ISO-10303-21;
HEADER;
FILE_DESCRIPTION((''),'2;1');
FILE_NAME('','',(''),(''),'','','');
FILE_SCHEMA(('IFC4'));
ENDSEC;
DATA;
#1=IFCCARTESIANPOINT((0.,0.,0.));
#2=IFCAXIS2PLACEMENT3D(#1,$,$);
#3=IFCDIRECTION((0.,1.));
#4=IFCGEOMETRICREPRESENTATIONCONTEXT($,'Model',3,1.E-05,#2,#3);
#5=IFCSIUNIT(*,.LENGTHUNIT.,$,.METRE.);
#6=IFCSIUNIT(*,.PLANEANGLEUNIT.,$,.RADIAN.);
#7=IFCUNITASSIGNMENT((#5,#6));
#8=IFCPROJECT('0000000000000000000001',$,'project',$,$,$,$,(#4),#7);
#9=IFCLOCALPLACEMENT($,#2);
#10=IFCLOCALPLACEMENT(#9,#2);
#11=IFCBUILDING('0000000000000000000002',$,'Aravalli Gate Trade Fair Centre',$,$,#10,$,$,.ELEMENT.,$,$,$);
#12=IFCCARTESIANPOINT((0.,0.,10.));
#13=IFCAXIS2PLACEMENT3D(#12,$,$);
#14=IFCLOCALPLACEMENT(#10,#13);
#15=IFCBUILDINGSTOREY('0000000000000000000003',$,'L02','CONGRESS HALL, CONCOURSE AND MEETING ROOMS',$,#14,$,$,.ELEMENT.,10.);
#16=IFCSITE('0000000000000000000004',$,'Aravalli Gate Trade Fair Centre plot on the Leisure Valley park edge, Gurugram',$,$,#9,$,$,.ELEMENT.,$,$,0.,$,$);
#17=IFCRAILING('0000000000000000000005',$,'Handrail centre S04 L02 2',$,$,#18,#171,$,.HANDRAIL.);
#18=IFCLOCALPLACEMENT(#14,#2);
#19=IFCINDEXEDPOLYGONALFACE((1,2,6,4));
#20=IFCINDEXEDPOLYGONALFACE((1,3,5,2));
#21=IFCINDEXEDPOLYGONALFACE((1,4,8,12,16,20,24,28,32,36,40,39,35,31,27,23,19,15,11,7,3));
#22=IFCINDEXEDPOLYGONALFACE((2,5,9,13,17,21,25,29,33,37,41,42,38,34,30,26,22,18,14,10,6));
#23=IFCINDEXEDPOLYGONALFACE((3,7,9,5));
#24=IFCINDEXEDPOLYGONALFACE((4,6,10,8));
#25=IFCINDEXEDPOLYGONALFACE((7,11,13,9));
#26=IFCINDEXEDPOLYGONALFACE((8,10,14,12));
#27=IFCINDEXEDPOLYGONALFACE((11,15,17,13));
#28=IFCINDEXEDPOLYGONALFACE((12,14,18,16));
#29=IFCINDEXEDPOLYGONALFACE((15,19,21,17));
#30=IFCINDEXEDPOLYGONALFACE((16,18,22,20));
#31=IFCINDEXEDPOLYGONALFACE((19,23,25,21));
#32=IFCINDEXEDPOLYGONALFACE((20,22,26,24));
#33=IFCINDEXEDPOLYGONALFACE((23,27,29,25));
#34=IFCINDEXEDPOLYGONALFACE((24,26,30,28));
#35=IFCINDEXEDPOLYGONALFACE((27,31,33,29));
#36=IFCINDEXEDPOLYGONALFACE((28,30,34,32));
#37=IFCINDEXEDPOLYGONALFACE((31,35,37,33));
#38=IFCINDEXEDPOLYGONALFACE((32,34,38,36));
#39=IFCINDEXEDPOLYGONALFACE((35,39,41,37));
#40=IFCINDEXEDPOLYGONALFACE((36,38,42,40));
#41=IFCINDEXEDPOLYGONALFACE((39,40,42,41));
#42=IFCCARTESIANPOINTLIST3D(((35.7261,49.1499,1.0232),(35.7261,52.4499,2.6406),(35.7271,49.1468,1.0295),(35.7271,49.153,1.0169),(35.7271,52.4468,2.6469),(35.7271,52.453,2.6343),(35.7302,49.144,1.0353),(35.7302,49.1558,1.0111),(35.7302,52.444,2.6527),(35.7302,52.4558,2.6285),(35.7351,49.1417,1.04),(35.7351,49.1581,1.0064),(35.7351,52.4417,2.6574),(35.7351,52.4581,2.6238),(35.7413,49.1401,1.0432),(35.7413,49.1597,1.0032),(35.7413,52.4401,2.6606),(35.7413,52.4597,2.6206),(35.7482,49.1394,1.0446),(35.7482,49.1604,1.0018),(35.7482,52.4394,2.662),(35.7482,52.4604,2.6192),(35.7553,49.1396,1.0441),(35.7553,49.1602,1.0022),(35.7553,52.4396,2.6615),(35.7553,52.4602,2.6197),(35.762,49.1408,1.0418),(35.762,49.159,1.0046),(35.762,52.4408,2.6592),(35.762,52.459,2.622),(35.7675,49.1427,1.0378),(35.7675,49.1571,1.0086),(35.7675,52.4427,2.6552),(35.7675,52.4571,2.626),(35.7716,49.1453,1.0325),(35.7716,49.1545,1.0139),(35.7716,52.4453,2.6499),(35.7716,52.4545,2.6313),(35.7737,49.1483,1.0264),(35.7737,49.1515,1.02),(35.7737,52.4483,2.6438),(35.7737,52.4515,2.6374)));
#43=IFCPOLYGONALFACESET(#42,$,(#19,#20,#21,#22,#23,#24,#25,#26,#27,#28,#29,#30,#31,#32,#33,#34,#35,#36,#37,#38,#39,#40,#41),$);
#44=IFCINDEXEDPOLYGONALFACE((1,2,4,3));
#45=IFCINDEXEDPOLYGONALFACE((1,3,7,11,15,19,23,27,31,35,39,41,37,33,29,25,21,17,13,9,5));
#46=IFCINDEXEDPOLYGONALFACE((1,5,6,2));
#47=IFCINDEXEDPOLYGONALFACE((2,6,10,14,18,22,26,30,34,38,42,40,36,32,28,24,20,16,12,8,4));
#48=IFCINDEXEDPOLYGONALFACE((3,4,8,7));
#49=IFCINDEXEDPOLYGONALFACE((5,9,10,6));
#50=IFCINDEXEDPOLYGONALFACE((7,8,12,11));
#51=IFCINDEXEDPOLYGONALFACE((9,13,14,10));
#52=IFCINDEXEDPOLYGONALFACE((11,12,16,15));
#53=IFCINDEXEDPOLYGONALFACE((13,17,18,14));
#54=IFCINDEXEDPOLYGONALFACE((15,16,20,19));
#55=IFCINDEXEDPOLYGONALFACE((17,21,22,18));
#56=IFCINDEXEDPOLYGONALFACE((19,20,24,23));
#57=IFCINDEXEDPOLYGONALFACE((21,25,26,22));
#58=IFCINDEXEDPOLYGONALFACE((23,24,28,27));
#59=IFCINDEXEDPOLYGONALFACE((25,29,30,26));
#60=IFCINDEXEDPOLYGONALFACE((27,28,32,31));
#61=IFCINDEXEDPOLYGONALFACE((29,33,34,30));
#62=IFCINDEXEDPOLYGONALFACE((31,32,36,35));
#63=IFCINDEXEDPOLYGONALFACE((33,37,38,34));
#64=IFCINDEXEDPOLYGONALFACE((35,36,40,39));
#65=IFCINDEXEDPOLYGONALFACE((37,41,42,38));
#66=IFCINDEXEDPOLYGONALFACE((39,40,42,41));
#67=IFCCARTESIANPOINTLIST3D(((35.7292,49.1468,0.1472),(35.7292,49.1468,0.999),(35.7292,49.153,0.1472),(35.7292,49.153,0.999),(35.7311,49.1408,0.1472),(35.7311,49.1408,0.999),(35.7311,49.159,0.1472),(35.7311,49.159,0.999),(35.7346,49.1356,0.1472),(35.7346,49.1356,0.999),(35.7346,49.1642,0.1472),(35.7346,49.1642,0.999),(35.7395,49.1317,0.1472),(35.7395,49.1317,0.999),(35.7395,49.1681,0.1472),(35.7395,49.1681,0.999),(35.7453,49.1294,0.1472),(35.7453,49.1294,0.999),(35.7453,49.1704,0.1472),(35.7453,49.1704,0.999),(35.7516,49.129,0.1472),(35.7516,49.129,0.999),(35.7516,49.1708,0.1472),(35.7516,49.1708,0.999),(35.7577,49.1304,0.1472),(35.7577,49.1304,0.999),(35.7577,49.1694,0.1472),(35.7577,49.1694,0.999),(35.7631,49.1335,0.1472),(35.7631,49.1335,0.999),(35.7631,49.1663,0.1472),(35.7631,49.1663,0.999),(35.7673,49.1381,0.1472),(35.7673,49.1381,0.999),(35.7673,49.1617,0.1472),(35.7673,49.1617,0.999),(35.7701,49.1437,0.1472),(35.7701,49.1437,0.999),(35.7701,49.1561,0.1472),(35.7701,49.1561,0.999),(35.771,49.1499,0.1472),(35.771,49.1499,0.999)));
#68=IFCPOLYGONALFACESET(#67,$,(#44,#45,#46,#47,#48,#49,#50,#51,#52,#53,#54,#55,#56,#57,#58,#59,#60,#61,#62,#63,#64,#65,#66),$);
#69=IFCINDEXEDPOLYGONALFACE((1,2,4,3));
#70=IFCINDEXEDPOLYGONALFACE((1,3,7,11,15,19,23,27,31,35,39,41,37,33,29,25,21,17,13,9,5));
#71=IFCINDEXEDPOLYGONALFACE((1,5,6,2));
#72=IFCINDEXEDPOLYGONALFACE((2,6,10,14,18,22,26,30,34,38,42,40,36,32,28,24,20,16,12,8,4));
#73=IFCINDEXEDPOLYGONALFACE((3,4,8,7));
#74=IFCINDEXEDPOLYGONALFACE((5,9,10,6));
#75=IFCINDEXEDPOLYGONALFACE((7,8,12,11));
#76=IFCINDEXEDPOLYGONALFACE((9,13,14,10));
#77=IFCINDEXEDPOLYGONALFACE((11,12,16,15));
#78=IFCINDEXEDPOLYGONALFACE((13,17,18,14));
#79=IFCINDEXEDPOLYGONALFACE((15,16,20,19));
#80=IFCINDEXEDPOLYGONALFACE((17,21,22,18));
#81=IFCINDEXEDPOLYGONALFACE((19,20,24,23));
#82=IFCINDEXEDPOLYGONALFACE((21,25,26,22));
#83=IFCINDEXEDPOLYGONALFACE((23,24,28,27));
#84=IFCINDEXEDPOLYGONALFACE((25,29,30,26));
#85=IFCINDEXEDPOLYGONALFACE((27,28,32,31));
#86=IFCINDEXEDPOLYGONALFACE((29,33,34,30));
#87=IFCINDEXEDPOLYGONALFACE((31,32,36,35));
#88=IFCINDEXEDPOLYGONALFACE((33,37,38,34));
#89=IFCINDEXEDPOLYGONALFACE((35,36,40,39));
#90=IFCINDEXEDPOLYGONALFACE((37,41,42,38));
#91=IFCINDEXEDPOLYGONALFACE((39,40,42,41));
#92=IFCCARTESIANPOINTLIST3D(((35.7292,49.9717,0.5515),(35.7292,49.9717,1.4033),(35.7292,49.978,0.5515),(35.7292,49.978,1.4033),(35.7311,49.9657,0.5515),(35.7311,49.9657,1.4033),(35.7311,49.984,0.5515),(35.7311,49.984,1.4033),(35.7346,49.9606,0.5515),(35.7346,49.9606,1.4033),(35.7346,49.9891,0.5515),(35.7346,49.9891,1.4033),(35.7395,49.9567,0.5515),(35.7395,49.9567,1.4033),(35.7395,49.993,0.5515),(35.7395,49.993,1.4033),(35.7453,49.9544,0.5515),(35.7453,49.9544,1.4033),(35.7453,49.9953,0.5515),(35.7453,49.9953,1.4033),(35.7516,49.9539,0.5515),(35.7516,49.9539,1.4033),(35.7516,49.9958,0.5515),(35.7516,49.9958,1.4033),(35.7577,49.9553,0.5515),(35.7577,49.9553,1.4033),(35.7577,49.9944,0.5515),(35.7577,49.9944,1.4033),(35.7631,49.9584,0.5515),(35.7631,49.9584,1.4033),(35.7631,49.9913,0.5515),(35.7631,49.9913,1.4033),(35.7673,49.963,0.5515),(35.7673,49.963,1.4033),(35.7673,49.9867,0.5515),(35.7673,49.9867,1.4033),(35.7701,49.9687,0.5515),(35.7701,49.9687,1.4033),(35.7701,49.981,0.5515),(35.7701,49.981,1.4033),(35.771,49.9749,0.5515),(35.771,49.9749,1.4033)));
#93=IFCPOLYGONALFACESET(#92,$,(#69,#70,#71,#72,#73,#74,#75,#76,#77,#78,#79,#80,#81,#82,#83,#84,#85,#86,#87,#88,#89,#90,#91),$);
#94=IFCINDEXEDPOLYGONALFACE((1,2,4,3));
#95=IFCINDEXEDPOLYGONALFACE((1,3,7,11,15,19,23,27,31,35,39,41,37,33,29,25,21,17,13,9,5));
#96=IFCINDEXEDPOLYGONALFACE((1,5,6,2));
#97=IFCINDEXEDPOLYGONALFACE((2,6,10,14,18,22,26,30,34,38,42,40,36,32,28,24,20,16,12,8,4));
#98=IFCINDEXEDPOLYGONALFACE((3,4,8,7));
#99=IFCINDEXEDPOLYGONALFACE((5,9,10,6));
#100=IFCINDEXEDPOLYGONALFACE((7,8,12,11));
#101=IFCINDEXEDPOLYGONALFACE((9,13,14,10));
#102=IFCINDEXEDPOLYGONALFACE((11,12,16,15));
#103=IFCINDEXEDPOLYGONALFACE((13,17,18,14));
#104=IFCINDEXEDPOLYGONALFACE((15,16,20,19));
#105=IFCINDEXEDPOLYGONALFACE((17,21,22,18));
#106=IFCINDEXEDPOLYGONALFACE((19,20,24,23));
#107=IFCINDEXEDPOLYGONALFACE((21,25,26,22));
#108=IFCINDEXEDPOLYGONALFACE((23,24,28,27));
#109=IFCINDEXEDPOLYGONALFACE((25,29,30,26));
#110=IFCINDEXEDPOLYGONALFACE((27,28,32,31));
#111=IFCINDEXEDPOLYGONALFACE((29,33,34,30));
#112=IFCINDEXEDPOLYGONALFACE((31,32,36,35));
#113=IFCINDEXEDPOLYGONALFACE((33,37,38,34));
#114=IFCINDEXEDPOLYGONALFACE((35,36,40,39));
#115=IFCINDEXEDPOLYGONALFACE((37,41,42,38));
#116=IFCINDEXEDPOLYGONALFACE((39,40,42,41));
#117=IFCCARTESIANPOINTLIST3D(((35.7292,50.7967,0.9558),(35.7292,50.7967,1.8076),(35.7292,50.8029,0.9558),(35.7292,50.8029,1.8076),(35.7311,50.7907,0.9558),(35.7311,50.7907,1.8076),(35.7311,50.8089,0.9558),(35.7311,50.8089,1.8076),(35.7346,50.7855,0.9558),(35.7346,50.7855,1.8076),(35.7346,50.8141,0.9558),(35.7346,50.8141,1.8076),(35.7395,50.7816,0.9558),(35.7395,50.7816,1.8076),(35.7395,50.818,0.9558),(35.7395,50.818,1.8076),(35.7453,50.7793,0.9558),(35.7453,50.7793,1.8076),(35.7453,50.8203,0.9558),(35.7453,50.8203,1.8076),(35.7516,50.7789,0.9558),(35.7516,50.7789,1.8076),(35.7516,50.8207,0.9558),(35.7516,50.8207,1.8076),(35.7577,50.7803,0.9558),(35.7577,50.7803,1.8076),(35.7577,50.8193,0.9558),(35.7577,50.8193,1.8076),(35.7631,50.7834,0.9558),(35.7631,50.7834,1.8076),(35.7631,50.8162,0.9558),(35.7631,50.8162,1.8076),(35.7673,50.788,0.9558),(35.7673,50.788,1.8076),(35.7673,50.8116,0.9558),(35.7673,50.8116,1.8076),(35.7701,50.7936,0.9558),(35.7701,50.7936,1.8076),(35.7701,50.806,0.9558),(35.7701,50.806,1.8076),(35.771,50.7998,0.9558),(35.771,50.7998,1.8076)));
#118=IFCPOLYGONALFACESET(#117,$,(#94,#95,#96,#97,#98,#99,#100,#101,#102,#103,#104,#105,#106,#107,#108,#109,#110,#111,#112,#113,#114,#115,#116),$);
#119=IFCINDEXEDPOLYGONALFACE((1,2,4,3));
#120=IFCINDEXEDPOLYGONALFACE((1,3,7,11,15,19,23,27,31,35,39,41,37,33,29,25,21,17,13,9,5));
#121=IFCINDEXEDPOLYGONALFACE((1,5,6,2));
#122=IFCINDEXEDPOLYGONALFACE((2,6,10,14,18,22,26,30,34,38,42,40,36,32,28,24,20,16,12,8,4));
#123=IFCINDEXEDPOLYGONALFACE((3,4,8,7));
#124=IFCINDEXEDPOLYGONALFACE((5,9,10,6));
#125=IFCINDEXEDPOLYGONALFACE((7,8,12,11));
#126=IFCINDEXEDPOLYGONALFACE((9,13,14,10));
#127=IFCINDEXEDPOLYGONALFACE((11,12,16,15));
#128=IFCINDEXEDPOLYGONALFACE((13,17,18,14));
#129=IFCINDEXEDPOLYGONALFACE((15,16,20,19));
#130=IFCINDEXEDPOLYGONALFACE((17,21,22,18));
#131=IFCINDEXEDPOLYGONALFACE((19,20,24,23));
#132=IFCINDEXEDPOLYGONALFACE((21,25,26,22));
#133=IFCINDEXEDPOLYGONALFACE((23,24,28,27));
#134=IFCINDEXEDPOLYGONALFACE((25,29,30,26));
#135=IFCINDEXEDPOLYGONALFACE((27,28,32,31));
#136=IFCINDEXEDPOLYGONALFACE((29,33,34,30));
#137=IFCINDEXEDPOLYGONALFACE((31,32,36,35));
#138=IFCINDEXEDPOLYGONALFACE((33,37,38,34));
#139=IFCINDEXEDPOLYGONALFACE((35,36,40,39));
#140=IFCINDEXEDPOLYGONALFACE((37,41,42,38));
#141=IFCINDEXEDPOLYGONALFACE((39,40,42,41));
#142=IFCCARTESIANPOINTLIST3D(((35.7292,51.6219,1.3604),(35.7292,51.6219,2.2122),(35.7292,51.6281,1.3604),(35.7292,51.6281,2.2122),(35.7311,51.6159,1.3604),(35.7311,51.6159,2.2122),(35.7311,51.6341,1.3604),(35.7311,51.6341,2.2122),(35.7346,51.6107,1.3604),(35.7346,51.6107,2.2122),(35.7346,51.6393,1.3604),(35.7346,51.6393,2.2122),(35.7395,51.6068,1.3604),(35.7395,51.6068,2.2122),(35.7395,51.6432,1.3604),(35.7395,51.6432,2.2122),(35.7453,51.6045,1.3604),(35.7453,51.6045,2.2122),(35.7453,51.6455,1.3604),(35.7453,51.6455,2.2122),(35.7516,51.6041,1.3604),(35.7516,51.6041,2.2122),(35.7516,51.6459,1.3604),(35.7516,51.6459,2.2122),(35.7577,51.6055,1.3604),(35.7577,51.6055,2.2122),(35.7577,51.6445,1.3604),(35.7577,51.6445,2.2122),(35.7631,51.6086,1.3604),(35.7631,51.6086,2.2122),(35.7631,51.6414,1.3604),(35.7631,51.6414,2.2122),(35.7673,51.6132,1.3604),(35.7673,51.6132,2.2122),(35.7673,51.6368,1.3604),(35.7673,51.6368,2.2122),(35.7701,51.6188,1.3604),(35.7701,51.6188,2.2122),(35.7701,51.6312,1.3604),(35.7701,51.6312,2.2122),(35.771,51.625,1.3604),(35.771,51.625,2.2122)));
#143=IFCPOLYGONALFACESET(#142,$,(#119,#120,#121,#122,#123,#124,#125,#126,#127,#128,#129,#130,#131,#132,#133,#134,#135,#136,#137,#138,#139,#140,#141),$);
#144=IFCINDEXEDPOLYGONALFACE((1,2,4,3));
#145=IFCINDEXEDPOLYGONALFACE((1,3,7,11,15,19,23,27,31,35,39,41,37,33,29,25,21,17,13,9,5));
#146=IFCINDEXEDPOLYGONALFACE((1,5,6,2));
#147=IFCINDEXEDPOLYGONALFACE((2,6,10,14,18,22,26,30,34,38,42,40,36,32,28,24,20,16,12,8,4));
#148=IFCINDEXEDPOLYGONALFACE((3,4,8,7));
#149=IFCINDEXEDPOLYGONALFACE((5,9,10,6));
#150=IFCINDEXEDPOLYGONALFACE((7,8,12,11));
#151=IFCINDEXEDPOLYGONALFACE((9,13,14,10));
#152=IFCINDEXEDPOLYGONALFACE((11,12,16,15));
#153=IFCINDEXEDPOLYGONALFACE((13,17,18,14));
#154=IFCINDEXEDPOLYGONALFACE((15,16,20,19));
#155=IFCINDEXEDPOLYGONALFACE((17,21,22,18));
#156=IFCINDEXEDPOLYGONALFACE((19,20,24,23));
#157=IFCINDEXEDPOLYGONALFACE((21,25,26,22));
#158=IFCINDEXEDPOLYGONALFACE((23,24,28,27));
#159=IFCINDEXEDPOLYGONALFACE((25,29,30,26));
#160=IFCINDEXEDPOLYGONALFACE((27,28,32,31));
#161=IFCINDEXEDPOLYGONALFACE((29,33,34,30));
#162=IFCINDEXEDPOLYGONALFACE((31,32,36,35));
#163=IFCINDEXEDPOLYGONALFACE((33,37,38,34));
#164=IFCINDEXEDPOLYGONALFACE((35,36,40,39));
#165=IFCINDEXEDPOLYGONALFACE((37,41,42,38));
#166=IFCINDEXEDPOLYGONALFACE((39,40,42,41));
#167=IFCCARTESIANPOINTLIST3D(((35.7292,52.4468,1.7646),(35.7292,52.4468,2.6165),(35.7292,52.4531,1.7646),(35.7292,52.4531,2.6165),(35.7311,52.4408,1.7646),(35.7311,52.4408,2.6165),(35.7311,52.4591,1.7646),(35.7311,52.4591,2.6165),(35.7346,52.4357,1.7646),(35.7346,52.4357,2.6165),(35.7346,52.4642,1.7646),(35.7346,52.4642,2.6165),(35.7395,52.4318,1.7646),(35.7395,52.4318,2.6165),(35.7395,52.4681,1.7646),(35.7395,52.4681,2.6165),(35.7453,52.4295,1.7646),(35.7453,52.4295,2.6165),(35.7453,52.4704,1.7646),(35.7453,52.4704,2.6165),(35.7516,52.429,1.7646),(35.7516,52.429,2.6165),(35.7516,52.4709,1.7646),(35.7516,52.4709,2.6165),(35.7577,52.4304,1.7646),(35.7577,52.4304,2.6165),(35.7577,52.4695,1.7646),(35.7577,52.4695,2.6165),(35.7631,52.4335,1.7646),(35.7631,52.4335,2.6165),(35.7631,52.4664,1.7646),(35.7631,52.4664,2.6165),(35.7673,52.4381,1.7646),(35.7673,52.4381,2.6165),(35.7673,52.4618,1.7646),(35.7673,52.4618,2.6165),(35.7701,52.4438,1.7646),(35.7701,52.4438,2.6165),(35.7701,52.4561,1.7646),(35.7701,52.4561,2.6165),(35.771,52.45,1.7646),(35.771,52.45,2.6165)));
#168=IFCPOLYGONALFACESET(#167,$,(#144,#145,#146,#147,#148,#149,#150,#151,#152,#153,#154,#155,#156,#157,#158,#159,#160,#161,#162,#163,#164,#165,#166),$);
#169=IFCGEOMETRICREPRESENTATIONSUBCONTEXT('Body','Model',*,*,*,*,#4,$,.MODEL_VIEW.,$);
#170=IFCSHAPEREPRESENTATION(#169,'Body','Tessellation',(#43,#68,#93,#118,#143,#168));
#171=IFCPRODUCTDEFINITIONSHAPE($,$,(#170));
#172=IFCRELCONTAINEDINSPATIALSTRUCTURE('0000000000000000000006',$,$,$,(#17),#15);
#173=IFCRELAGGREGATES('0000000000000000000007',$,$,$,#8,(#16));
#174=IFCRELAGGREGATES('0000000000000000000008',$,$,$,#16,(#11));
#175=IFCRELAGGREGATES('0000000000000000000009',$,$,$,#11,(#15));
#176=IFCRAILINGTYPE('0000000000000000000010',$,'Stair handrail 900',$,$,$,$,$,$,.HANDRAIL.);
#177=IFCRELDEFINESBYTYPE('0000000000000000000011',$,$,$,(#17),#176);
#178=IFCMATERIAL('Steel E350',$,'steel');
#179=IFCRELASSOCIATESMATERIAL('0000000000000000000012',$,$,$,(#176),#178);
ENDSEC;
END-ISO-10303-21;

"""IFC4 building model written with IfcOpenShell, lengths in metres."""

from ifc_helpers import new_model, si_unit, direction, frame, origin, origin_2d, place, context, subcontext, project, spatial, circle, extrude, material, type_object, element, save


model = new_model("IFC4")

# Units and contexts
model_context = context("Model", 3, precision=1e-05, world=origin(), true_north=direction((0.0, 1.0)))
body_context = subcontext(model_context, "Body", "Model", "MODEL_VIEW")
ifc_project = project(units=[si_unit("LENGTHUNIT", "METRE"), si_unit("PLANEANGLEUNIT", "RADIAN")], contexts=[model_context])

# Site, building, storey
site_placement = place(None, origin())
site = spatial("IfcSite", under=ifc_project, at=site_placement, Name="Aravalli Gate Trade Fair Centre plot on the Leisure Valley park edge, Gurugram", CompositionType="ELEMENT", RefElevation=0.0)
building_placement = place(site_placement, origin())
building = spatial("IfcBuilding", under=site, at=building_placement, Name="Aravalli Gate Trade Fair Centre", CompositionType="ELEMENT")
storey_placement = place(building_placement, frame((0.0, 0.0, 10.0)))
storey = spatial("IfcBuildingStorey", under=building, at=storey_placement, Name="L02", Description="CONGRESS HALL, CONCOURSE AND MEETING ROOMS", CompositionType="ELEMENT", Elevation=10.0)

# Shared definitions
ifc_material_1 = material(Name="Steel E350", Category="steel")

# Railing
railing_type_1 = type_object("IfcRailingType", Name="Stair handrail 900", PredefinedType="HANDRAIL", material=ifc_material_1)
for number, where, name in (
    (1, (35.75, 49.1499, 0.1472), "Handrail centre S04 L02 2"),
):
    element("IfcRailing", number, at=place(storey_placement, frame(where)), inside=storey, type_object=railing_type_1, Name=name, PredefinedType="HANDRAIL", context=body_context, shape_type="SweptSolid", body=[
        extrude(circle(Radius=0.0239, at=origin_2d()), frame((0.0, 0.0, 0.876), z_axis=(0.0, 0.897946, 0.440105), x_axis=(-1.0, 0.0, 0.0)), (0.0, 0.0, 1.0), 3.675),
        extrude(circle(Radius=0.021, at=origin_2d()), origin(), (0.0, 0.0, 1.0), 0.8518),
        extrude(circle(Radius=0.021, at=origin_2d()), frame((0.0, 0.825, 0.4043)), (0.0, 0.0, 1.0), 0.8518),
        extrude(circle(Radius=0.021, at=origin_2d()), frame((0.0, 1.6499, 0.8086)), (0.0, 0.0, 1.0), 0.8518),
        extrude(circle(Radius=0.021, at=origin_2d()), frame((0.0, 2.4751, 1.2131)), (0.0, 0.0, 1.0), 0.8518),
        extrude(circle(Radius=0.021, at=origin_2d()), frame((0.0, 3.3, 1.6174)), (0.0, 0.0, 1.0), 0.8518),
    ])

save(model, "model.ifc")
